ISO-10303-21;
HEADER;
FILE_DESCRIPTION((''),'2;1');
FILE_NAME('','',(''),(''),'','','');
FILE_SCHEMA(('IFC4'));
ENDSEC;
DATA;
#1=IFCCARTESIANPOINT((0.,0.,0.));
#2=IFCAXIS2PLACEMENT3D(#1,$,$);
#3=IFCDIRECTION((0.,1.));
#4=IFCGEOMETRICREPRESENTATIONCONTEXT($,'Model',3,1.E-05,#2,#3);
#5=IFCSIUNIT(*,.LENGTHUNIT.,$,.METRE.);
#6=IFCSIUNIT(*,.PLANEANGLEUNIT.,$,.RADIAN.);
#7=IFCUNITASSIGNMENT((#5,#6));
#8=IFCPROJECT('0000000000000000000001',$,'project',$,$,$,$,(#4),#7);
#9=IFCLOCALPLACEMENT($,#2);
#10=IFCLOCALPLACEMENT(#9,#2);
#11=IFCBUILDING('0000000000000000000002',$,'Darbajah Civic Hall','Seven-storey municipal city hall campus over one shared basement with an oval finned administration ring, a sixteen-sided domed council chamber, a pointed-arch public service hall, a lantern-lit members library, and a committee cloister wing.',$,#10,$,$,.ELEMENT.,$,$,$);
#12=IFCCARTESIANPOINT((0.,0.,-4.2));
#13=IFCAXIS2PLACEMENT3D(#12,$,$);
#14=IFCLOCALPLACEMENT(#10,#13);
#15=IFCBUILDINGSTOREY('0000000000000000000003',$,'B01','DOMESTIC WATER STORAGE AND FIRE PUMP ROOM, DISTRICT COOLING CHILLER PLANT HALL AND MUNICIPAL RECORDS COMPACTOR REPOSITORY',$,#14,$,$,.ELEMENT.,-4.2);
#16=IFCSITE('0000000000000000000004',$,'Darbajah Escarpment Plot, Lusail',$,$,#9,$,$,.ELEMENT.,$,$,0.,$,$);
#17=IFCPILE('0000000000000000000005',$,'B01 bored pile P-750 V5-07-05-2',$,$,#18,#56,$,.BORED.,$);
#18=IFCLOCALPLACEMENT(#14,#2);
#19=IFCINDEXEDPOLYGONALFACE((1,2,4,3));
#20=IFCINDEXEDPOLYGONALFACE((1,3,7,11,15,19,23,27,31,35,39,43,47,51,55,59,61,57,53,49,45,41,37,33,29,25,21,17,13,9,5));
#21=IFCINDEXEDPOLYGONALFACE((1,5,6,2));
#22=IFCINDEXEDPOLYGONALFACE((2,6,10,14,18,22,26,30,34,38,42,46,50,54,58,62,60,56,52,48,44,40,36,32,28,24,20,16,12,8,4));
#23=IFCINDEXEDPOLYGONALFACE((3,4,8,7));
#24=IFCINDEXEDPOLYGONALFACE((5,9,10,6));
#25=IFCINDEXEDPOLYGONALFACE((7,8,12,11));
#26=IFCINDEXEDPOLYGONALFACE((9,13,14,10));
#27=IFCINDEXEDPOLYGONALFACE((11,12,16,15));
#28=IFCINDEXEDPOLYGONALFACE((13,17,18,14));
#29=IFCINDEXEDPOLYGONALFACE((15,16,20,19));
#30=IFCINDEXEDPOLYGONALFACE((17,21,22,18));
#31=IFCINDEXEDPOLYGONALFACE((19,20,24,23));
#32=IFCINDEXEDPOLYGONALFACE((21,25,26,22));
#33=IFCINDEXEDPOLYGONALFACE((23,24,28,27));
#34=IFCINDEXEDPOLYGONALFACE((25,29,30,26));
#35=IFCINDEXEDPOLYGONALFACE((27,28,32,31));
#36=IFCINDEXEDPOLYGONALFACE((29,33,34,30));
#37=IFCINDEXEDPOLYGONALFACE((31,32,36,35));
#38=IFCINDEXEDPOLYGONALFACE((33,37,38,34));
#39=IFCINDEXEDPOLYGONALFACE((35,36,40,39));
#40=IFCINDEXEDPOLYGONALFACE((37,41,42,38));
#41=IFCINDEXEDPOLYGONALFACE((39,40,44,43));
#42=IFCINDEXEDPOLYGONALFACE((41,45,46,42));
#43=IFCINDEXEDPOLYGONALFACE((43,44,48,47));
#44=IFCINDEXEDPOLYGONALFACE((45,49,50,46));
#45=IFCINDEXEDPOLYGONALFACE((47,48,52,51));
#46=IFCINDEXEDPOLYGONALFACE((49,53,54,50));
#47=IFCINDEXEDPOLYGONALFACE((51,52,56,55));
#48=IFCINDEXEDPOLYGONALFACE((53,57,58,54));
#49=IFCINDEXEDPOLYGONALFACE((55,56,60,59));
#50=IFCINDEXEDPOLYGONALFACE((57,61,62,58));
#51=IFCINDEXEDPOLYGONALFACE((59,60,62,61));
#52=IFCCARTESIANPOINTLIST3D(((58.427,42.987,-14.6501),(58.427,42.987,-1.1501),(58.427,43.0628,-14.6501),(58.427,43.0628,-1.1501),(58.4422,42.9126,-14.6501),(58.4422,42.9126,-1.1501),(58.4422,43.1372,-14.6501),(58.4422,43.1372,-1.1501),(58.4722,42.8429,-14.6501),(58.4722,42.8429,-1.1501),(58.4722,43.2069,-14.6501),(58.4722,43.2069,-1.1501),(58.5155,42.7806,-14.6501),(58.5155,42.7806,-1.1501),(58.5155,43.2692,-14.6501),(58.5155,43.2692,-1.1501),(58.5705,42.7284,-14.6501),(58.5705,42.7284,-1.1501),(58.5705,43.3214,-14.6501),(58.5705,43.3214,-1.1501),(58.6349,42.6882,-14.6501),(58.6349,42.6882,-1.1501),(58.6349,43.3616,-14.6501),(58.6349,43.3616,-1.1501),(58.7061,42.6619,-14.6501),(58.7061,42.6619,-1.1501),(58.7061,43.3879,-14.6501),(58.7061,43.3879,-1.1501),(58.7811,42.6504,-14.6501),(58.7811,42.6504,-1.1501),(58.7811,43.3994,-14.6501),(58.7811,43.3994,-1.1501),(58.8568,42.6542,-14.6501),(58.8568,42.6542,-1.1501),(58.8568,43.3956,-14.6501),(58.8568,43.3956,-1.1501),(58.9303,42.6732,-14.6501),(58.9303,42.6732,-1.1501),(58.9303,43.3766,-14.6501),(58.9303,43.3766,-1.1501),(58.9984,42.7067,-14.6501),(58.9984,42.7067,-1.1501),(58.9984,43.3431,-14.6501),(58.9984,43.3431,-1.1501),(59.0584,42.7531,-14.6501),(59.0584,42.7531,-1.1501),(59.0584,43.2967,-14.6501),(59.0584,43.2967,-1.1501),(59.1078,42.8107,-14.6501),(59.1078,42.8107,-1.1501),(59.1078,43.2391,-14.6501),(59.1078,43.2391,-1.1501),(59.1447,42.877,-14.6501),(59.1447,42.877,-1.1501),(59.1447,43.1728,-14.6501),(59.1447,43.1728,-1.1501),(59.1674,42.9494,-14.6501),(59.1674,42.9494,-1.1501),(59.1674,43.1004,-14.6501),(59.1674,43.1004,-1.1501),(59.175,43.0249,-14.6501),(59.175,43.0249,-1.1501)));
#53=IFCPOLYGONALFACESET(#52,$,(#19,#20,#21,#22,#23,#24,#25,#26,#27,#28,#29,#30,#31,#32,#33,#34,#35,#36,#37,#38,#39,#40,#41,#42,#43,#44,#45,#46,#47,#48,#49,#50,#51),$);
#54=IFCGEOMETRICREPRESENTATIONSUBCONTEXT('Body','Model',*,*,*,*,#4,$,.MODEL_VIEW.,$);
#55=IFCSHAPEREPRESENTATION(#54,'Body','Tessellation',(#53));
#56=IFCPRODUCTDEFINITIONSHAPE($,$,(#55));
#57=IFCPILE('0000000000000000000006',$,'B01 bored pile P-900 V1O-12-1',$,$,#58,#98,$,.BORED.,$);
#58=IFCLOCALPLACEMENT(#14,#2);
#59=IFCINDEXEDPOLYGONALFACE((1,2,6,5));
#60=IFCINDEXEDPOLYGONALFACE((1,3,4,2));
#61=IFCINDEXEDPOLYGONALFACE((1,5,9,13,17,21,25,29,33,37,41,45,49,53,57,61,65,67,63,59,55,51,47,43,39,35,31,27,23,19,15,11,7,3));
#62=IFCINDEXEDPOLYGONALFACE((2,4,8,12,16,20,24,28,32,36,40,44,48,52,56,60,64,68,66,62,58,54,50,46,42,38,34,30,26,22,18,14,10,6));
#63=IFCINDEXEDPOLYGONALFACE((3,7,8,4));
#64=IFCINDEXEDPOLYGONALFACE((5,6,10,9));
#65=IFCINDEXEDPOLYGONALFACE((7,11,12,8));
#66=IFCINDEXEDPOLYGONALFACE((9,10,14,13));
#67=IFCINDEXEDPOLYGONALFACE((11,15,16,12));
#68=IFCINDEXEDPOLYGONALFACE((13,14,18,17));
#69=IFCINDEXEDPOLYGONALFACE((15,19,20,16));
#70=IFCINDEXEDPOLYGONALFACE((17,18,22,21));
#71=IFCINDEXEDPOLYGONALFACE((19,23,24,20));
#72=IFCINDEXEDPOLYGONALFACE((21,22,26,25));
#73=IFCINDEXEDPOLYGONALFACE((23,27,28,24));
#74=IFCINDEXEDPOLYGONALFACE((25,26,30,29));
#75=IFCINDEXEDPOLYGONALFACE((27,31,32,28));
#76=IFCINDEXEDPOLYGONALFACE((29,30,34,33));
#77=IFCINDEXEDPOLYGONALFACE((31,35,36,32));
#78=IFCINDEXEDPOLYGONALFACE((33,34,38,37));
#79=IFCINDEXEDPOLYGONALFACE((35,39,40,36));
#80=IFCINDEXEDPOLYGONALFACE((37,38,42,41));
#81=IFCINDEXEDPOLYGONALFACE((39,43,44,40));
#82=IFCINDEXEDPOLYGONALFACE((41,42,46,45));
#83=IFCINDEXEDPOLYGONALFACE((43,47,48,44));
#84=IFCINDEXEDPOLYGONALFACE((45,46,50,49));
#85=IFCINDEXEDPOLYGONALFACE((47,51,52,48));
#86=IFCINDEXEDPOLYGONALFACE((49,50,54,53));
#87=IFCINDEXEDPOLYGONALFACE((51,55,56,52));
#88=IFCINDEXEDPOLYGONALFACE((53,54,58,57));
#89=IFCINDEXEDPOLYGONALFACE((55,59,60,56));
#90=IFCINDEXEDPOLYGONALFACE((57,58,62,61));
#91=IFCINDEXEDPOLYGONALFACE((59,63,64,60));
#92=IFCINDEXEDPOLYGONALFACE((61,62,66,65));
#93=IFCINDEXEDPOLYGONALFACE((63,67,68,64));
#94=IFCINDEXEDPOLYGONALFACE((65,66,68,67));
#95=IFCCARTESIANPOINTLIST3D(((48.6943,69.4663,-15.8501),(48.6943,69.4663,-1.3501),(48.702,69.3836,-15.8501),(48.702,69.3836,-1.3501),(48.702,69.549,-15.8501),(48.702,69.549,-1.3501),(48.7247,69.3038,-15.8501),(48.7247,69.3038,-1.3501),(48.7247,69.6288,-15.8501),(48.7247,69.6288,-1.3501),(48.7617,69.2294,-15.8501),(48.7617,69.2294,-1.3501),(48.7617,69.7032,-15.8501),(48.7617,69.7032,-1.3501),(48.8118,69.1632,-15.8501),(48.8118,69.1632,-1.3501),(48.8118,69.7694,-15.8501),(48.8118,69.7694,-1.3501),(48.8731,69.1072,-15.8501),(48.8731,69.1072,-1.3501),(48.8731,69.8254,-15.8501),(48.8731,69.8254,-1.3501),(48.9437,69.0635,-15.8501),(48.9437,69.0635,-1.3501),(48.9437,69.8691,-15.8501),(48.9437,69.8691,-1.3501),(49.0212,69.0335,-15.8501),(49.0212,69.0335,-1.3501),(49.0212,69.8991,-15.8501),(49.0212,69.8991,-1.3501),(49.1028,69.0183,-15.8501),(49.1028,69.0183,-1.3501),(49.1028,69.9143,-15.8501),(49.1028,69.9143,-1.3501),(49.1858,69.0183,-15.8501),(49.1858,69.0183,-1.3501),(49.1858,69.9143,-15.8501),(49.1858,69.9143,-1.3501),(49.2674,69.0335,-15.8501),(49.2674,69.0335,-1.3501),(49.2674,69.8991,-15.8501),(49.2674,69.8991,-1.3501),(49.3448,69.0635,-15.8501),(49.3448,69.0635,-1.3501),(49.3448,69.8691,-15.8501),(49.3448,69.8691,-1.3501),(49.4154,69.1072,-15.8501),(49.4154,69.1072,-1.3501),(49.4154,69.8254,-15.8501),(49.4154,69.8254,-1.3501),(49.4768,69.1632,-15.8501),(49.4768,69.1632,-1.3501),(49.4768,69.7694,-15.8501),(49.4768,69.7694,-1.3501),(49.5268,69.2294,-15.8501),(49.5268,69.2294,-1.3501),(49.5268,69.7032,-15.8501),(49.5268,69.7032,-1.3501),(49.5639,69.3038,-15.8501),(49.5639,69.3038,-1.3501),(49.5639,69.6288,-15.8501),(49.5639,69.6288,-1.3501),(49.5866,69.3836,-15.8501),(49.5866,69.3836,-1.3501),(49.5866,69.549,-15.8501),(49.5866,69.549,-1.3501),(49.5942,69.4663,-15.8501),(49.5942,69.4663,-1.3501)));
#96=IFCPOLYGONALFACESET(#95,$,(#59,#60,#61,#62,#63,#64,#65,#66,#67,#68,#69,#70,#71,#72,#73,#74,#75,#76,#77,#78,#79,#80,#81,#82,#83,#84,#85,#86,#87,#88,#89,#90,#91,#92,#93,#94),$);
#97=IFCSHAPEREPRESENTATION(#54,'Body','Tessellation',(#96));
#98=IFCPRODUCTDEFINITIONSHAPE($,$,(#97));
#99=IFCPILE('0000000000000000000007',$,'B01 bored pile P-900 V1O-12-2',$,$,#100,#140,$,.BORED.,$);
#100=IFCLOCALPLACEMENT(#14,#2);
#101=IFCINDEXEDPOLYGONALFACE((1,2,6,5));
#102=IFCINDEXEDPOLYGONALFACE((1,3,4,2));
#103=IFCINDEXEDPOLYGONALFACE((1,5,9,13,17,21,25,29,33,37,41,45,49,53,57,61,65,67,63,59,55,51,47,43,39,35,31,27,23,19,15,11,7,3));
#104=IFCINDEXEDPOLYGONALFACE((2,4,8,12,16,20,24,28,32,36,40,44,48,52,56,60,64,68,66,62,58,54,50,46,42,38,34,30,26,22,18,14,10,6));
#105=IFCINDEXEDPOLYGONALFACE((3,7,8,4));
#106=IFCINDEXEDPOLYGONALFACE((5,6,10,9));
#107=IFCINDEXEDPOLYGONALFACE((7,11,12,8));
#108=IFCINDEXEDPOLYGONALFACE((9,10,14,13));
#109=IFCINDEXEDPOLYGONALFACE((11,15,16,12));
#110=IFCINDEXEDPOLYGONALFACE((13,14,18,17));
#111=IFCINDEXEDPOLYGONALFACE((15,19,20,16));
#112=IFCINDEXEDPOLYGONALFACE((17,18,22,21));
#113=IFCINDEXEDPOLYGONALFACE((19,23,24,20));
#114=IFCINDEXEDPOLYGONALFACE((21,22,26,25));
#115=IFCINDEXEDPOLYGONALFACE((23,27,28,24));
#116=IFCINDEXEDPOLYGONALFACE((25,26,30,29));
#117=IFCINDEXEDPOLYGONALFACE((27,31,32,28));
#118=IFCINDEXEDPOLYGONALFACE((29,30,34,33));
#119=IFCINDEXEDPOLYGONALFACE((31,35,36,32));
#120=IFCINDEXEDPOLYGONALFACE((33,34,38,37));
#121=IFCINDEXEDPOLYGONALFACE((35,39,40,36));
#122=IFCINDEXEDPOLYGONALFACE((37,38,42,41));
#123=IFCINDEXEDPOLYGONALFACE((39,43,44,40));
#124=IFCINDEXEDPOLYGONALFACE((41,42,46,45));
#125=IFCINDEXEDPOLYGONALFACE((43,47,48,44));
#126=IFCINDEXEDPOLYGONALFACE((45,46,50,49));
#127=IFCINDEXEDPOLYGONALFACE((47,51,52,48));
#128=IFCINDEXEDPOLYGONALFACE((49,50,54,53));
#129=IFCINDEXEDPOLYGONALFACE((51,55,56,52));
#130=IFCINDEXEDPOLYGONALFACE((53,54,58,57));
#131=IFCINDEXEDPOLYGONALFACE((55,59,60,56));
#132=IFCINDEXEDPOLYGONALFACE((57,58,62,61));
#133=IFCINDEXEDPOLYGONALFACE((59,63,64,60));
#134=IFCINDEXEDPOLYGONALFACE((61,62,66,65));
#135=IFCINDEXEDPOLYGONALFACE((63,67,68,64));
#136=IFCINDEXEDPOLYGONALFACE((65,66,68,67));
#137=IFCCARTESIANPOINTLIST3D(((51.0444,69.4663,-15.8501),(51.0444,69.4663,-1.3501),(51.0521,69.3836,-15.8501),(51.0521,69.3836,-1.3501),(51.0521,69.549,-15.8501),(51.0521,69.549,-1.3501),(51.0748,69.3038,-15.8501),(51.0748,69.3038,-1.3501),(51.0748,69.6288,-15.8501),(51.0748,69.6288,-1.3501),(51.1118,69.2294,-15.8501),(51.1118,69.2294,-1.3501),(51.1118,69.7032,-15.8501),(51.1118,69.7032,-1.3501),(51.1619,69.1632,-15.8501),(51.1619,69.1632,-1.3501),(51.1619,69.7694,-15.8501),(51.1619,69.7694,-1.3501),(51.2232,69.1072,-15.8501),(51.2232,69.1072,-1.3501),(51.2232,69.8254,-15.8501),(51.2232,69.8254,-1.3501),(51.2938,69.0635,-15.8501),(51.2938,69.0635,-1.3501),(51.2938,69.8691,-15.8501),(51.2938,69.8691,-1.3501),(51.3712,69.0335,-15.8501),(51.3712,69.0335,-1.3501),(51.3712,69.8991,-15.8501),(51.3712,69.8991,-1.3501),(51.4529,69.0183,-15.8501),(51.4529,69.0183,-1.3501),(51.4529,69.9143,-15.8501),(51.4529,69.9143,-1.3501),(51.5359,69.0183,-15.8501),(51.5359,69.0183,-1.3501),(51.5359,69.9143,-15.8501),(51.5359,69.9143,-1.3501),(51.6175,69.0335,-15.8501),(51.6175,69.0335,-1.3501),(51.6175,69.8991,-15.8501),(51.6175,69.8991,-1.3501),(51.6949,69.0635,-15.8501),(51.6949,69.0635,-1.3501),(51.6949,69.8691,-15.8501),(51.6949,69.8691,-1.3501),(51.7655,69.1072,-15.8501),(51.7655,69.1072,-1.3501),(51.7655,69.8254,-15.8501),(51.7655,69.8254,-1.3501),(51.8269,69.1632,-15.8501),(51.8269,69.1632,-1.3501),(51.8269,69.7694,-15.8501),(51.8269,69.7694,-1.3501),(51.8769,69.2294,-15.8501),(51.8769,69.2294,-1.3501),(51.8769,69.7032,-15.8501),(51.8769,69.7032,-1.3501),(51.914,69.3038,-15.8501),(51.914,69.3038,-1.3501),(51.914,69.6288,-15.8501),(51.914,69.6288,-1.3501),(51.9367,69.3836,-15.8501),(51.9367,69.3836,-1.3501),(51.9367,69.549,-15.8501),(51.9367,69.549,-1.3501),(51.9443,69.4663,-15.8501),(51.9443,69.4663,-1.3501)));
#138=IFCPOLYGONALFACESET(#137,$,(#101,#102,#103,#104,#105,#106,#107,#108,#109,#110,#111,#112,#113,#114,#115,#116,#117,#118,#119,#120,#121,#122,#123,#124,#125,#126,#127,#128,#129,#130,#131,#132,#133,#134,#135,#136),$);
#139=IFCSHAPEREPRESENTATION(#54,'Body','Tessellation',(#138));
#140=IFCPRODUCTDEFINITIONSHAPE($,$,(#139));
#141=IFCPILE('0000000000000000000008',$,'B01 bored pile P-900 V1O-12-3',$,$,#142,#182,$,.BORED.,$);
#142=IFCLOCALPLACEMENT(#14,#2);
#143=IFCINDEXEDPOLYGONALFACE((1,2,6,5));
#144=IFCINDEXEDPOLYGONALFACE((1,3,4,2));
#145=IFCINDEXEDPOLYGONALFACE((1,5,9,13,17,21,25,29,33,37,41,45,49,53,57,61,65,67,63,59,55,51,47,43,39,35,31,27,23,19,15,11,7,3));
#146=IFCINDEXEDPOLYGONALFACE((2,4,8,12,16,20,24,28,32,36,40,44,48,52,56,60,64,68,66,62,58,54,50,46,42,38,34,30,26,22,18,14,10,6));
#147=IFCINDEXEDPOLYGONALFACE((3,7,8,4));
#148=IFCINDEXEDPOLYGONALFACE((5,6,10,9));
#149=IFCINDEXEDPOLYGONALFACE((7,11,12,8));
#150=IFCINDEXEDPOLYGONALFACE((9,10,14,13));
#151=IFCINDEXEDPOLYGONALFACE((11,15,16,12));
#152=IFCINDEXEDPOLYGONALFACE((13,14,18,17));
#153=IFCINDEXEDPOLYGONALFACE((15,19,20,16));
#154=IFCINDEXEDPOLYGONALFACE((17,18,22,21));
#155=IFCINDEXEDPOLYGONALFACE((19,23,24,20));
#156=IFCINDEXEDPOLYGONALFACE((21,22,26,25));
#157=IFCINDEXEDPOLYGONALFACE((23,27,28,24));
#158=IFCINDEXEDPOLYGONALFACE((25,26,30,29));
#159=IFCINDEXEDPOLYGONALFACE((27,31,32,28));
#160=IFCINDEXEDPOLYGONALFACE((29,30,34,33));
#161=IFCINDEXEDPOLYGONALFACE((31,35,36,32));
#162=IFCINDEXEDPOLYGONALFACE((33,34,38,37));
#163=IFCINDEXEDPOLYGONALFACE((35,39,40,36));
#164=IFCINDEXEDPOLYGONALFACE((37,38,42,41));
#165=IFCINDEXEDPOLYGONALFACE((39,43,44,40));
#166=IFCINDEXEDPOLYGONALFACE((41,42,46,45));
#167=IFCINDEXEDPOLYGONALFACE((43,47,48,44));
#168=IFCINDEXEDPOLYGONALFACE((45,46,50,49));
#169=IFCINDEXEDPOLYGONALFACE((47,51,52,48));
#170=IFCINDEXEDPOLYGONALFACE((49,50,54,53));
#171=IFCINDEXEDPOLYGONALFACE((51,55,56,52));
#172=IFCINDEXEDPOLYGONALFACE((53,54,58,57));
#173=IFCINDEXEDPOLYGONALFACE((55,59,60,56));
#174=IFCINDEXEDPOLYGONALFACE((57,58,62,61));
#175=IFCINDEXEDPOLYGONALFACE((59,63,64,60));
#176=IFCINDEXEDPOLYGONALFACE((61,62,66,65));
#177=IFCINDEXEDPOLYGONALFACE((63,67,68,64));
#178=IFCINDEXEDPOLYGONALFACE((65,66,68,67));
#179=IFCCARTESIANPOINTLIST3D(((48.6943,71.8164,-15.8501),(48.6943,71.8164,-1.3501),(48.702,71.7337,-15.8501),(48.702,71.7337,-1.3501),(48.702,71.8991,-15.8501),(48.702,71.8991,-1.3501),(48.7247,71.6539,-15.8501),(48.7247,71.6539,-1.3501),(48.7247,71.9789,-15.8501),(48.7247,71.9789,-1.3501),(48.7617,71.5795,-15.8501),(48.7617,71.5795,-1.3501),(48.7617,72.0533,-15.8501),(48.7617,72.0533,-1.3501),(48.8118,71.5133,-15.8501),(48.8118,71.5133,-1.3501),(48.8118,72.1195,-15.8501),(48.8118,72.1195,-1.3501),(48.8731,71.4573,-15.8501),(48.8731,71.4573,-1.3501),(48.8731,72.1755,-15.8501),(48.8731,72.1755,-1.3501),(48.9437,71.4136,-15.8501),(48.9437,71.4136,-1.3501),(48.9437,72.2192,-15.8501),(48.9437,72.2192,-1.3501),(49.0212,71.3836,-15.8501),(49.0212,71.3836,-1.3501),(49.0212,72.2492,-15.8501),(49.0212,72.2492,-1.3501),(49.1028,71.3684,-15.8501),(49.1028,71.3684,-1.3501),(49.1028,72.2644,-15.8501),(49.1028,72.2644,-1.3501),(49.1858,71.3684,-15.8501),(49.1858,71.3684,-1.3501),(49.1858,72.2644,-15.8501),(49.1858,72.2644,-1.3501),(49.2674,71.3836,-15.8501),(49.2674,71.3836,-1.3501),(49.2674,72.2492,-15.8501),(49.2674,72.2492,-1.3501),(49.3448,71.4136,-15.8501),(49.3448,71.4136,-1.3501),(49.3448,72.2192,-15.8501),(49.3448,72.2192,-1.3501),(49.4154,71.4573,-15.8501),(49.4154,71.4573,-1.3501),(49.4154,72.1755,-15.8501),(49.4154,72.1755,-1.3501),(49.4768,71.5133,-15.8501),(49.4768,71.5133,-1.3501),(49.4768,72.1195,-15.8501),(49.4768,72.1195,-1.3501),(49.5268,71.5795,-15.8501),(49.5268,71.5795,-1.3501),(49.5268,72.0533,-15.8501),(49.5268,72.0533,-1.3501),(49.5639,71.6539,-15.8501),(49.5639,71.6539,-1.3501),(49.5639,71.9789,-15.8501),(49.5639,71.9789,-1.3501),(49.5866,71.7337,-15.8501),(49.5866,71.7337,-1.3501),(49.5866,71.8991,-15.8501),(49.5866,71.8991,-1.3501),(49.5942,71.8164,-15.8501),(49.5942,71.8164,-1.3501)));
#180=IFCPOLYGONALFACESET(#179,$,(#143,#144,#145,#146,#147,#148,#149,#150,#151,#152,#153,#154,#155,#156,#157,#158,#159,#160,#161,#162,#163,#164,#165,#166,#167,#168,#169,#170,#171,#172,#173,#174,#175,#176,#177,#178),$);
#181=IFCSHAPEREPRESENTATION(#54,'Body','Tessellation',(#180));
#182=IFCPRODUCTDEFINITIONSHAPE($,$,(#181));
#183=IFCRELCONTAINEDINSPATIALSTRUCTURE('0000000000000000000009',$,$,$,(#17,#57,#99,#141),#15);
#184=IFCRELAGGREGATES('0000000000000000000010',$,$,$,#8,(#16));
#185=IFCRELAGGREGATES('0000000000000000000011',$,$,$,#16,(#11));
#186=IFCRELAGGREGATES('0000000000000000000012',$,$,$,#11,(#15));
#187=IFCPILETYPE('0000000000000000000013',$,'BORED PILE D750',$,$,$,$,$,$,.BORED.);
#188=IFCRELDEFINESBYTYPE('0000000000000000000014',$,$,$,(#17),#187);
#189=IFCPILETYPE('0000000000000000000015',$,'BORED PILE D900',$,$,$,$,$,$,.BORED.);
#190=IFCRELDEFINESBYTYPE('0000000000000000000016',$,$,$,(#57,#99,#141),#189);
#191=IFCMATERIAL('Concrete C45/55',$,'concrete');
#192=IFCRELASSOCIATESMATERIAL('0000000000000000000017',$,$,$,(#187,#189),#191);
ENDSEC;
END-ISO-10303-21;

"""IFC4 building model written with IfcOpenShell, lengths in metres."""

from ifc_helpers import new_model, si_unit, direction, frame, origin, origin_2d, place, context, subcontext, project, spatial, circle, extrude, material, material_profile, profile_set, type_object, element, save


model = new_model("IFC4")

# Units and contexts
model_context = context("Model", 3, precision=1e-05, world=origin(), true_north=direction((0.0, 1.0)))
body_context = subcontext(model_context, "Body", "Model", "MODEL_VIEW")
ifc_project = project(units=[si_unit("LENGTHUNIT", "METRE"), si_unit("PLANEANGLEUNIT", "RADIAN")], contexts=[model_context])

# Site, building, storey
site_placement = place(None, origin())
site = spatial("IfcSite", under=ifc_project, at=site_placement, Name="Darbajah Escarpment Plot, Lusail", CompositionType="ELEMENT", RefElevation=0.0)
building_placement = place(site_placement, origin())
building = spatial("IfcBuilding", under=site, at=building_placement, Name="Darbajah Civic Hall", Description="Seven-storey municipal city hall campus over one shared basement with an oval finned administration ring, a sixteen-sided domed council chamber, a pointed-arch public service hall, a lantern-lit members library, and a committee cloister wing.", CompositionType="ELEMENT")
storey_placement = place(building_placement, frame((0.0, 0.0, -4.2)))
storey = spatial("IfcBuildingStorey", under=building, at=storey_placement, Name="B01", Description="DOMESTIC WATER STORAGE AND FIRE PUMP ROOM, DISTRICT COOLING CHILLER PLANT HALL AND MUNICIPAL RECORDS COMPACTOR REPOSITORY", CompositionType="ELEMENT", Elevation=-4.2)

# Piles
ifc_material_1 = material(Name="Concrete C45/55", Category="concrete")
ifc_material_profile_1 = material_profile(ifc_material_1, circle(Radius=0.375, at=origin_2d()), Name="BORED PILE D750")
ifc_profile_set_1 = profile_set([ifc_material_profile_1], Name="Concrete C45/55")
pile_type_1 = type_object("IfcPileType", Name="BORED PILE D750", PredefinedType="BORED", material=ifc_profile_set_1)
for number, where, z_axis, x_axis, name in (
    (1, (58.8, 43.0249, -1.1501), (0.0, 0.0, -1.0), (1.0, 0.0, 0.0), "B01 bored pile P-750 V5-07-05-2"),
):
    element("IfcPile", number, at=place(storey_placement, frame(where, z_axis=z_axis, x_axis=x_axis)), inside=storey, type_object=pile_type_1, Name=name, PredefinedType="BORED", context=body_context, shape_type="SweptSolid", body=[
        extrude(circle(Radius=0.375, at=origin_2d()), origin(), (0.0, 0.0, 1.0), 13.5),
    ])
ifc_material_profile_2 = material_profile(ifc_material_1, circle(Radius=0.45, at=origin_2d()), Name="BORED PILE D900")
ifc_profile_set_2 = profile_set([ifc_material_profile_2], Name="Concrete C45/55")
pile_type_2 = type_object("IfcPileType", Name="BORED PILE D900", PredefinedType="BORED", material=ifc_profile_set_2)
for number, where, z_axis, x_axis, name in (
    (2, (49.1443, 69.4663, -1.3501), (0.0, 0.0, -1.0), (1.0, 0.0, 0.0), "B01 bored pile P-900 V1O-12-1"),
    (3, (51.4944, 69.4663, -1.3501), (0.0, 0.0, -1.0), (1.0, 0.0, 0.0), "B01 bored pile P-900 V1O-12-2"),
    (4, (49.1443, 71.8164, -1.3501), (0.0, 0.0, -1.0), (1.0, 0.0, 0.0), "B01 bored pile P-900 V1O-12-3"),
):
    element("IfcPile", number, at=place(storey_placement, frame(where, z_axis=z_axis, x_axis=x_axis)), inside=storey, type_object=pile_type_2, Name=name, PredefinedType="BORED", context=body_context, shape_type="SweptSolid", body=[
        extrude(circle(Radius=0.45, at=origin_2d()), origin(), (0.0, 0.0, 1.0), 14.5),
    ])

save(model, "model.ifc")
